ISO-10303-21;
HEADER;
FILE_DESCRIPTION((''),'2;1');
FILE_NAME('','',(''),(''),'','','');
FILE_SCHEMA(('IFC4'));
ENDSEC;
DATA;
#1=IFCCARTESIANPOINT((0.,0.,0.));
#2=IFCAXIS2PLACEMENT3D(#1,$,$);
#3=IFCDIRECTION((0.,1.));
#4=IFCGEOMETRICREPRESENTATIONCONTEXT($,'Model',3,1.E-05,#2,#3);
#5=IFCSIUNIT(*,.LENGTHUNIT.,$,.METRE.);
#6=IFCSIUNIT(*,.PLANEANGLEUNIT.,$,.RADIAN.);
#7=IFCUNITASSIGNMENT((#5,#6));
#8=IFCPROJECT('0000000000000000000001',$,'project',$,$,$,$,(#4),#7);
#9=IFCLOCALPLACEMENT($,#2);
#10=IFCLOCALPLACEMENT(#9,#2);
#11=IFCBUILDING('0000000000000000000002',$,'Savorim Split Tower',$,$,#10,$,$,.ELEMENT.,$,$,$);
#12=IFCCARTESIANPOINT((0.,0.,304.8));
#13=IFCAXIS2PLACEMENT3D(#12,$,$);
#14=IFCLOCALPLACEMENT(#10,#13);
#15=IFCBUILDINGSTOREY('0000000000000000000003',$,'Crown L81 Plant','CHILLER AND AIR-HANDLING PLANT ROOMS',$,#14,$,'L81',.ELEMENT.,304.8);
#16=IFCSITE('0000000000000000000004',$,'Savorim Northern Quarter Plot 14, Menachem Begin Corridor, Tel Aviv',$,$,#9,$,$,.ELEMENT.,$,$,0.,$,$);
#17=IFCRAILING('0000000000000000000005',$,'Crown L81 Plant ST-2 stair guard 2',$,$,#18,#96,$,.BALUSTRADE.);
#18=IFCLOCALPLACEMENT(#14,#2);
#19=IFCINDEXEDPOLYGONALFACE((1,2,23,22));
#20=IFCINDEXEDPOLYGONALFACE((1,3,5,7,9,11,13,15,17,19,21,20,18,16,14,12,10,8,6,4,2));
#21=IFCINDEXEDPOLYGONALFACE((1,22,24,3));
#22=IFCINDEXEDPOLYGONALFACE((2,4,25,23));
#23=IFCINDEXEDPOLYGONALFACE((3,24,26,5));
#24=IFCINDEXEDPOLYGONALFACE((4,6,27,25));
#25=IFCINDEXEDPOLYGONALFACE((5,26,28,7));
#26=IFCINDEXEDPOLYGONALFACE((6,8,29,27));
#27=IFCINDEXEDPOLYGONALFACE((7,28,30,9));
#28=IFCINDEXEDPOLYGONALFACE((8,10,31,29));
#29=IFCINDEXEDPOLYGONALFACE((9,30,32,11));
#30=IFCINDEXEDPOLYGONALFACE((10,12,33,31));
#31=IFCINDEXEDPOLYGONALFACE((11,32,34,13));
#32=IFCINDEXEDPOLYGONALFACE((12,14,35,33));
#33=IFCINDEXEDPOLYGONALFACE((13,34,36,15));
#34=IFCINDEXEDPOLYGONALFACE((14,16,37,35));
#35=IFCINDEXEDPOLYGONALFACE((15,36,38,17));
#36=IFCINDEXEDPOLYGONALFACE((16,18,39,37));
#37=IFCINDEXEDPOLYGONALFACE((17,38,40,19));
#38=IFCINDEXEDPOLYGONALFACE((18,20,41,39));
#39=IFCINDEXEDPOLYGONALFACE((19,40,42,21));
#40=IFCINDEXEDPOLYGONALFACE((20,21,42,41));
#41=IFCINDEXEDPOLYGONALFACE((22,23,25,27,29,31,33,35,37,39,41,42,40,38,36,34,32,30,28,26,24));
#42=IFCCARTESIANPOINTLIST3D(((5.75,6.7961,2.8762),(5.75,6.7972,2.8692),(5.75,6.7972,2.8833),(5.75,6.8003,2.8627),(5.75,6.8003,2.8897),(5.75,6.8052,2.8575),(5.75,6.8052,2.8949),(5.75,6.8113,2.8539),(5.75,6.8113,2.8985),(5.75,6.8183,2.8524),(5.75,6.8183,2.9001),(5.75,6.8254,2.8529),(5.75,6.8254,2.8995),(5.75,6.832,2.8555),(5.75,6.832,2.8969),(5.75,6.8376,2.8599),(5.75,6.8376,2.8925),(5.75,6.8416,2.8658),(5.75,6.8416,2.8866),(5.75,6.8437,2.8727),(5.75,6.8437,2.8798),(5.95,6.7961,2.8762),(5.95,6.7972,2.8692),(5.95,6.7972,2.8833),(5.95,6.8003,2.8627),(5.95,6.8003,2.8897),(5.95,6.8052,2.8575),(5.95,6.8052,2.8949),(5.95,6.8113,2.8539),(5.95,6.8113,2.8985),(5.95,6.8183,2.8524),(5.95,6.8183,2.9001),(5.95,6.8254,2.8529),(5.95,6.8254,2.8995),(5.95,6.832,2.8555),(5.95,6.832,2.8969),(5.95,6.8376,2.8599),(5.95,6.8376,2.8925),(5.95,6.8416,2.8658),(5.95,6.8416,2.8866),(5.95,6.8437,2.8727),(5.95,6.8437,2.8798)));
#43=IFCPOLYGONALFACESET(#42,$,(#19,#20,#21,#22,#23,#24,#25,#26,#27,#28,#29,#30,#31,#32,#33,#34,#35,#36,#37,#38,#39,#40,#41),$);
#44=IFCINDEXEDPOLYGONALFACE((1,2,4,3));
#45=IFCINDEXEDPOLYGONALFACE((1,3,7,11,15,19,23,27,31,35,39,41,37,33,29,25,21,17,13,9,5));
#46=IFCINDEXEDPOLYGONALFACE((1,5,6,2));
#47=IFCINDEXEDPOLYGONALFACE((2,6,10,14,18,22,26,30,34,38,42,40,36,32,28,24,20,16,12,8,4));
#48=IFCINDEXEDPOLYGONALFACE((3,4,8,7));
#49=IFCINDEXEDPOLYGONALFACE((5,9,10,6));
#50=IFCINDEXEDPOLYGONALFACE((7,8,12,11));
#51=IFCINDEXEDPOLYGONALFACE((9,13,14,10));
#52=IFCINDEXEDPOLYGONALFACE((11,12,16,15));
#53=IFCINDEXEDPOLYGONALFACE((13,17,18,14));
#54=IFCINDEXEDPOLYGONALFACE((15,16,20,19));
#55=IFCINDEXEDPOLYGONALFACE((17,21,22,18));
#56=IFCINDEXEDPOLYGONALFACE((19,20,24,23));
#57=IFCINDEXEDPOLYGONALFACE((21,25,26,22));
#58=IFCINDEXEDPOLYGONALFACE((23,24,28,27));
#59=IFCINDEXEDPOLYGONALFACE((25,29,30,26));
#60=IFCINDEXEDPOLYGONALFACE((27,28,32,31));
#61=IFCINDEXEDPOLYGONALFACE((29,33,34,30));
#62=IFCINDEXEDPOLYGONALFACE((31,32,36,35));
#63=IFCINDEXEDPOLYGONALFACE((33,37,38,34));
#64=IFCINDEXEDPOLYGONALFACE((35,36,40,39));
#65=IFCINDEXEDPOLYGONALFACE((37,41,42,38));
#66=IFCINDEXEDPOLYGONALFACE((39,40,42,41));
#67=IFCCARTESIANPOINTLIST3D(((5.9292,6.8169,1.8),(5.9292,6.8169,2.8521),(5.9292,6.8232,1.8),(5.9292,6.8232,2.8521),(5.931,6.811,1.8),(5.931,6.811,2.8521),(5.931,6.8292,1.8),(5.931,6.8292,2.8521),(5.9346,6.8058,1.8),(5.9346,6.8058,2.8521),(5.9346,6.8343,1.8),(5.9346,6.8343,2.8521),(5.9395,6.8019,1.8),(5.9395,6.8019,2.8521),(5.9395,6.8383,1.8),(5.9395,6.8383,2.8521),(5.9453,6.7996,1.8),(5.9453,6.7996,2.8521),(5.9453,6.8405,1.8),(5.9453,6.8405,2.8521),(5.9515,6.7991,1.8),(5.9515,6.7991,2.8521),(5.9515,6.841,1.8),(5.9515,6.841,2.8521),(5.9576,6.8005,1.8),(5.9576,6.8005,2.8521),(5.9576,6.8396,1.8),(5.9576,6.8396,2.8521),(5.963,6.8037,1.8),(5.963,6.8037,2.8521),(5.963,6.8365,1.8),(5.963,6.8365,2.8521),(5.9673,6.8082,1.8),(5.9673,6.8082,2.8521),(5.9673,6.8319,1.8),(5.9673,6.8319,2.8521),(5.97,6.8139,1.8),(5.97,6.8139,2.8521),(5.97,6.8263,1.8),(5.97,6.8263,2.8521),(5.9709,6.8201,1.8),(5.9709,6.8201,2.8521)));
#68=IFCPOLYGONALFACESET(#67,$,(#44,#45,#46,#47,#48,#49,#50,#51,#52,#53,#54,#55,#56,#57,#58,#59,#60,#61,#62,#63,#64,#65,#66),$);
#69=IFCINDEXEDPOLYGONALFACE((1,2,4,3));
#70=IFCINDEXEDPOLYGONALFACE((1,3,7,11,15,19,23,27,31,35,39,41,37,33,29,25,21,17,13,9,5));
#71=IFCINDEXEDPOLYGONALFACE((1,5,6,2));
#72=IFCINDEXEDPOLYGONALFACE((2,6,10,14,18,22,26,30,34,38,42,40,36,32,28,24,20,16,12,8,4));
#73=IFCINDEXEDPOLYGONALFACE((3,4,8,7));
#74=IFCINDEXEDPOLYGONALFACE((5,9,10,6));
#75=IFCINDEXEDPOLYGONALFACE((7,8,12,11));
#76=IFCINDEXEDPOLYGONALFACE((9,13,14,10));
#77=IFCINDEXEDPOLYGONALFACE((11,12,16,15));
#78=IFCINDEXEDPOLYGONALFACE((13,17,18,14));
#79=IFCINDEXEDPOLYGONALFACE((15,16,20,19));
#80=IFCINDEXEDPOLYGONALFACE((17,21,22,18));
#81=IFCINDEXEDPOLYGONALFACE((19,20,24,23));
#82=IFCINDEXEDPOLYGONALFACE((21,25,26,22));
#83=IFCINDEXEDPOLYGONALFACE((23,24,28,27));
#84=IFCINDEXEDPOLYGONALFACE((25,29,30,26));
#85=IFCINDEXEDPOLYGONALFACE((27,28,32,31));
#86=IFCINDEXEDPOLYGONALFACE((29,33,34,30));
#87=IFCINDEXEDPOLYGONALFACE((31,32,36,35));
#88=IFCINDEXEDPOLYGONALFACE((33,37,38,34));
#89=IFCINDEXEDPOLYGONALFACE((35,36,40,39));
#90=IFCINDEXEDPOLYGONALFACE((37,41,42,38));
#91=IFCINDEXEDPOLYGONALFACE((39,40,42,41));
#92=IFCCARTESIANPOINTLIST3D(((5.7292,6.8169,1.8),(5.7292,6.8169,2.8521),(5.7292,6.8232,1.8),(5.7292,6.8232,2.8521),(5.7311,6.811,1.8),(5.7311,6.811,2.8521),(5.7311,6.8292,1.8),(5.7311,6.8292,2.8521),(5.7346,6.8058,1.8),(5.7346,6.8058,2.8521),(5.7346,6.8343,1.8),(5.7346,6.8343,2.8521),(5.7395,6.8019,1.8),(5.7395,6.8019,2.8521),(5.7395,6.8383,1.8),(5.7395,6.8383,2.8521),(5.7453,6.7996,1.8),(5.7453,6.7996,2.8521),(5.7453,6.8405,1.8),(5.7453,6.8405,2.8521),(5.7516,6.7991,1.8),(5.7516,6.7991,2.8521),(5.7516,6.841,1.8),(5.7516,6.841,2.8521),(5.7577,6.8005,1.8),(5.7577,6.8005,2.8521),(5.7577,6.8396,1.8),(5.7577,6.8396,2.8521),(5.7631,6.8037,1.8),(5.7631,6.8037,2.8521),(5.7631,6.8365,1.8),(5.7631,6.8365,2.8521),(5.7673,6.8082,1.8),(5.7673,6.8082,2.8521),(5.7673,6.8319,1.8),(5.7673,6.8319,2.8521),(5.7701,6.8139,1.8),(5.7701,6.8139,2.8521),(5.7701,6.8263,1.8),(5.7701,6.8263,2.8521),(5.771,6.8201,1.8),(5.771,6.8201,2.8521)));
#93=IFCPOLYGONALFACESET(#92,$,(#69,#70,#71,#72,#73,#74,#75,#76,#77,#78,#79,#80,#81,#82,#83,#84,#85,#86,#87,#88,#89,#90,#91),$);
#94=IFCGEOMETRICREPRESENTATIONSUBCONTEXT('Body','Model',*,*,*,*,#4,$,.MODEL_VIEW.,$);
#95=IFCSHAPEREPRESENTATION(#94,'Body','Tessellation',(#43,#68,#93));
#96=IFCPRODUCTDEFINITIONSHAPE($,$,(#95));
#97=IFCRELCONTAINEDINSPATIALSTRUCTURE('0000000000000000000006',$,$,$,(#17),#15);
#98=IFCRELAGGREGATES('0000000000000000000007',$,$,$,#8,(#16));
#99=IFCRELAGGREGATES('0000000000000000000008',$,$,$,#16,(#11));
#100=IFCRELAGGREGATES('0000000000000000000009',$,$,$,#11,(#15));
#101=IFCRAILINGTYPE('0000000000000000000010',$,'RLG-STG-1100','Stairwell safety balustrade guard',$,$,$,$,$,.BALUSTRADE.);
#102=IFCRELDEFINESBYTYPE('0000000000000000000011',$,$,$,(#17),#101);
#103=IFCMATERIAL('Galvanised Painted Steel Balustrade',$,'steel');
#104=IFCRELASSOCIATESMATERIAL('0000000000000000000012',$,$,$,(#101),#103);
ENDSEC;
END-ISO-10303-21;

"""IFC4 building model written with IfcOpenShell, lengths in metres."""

from ifc_helpers import new_model, si_unit, direction, frame, origin, origin_2d, place, context, subcontext, project, spatial, circle, extrude, material, type_object, element, save


model = new_model("IFC4")

# Units and contexts
model_context = context("Model", 3, precision=1e-05, world=origin(), true_north=direction((0.0, 1.0)))
body_context = subcontext(model_context, "Body", "Model", "MODEL_VIEW")
ifc_project = project(units=[si_unit("LENGTHUNIT", "METRE"), si_unit("PLANEANGLEUNIT", "RADIAN")], contexts=[model_context])

# Site, building, storey
site_placement = place(None, origin())
site = spatial("IfcSite", under=ifc_project, at=site_placement, Name="Savorim Northern Quarter Plot 14, Menachem Begin Corridor, Tel Aviv", CompositionType="ELEMENT", RefElevation=0.0)
building_placement = place(site_placement, origin())
building = spatial("IfcBuilding", under=site, at=building_placement, Name="Savorim Split Tower", CompositionType="ELEMENT")
storey_placement = place(building_placement, frame((0.0, 0.0, 304.8)))
storey = spatial("IfcBuildingStorey", under=building, at=storey_placement, Name="Crown L81 Plant", Description="CHILLER AND AIR-HANDLING PLANT ROOMS", LongName="L81", CompositionType="ELEMENT", Elevation=304.8)

# Railing
ifc_material_1 = material(Name="Galvanised Painted Steel Balustrade", Category="steel")
railing_type_1 = type_object("IfcRailingType", Name="RLG-STG-1100", Description="Stairwell safety balustrade guard", PredefinedType="BALUSTRADE", material=ifc_material_1)
railing_1_placement = place(storey_placement, frame((5.95, 6.8201, 1.8)))
element("IfcRailing", 1, at=railing_1_placement, inside=storey, type_object=railing_type_1, Name="Crown L81 Plant ST-2 stair guard 2", PredefinedType="BALUSTRADE", context=body_context, shape_type="SweptSolid", body=[
    extrude(circle(Radius=0.0239, at=origin_2d()), frame((0.0, 0.0, 1.0762), z_axis=(-1.0, 0.0, 0.0), x_axis=(0.0, -1.0, 0.0)), (0.0, 0.0, 1.0), 0.2),
    extrude(circle(Radius=0.021, at=origin_2d()), origin(), (0.0, 0.0, 1.0), 1.052),
    extrude(circle(Radius=0.021, at=origin_2d()), frame((-0.2, 0.0, 0.0)), (0.0, 0.0, 1.0), 1.052),
])

save(model, "model.ifc")
